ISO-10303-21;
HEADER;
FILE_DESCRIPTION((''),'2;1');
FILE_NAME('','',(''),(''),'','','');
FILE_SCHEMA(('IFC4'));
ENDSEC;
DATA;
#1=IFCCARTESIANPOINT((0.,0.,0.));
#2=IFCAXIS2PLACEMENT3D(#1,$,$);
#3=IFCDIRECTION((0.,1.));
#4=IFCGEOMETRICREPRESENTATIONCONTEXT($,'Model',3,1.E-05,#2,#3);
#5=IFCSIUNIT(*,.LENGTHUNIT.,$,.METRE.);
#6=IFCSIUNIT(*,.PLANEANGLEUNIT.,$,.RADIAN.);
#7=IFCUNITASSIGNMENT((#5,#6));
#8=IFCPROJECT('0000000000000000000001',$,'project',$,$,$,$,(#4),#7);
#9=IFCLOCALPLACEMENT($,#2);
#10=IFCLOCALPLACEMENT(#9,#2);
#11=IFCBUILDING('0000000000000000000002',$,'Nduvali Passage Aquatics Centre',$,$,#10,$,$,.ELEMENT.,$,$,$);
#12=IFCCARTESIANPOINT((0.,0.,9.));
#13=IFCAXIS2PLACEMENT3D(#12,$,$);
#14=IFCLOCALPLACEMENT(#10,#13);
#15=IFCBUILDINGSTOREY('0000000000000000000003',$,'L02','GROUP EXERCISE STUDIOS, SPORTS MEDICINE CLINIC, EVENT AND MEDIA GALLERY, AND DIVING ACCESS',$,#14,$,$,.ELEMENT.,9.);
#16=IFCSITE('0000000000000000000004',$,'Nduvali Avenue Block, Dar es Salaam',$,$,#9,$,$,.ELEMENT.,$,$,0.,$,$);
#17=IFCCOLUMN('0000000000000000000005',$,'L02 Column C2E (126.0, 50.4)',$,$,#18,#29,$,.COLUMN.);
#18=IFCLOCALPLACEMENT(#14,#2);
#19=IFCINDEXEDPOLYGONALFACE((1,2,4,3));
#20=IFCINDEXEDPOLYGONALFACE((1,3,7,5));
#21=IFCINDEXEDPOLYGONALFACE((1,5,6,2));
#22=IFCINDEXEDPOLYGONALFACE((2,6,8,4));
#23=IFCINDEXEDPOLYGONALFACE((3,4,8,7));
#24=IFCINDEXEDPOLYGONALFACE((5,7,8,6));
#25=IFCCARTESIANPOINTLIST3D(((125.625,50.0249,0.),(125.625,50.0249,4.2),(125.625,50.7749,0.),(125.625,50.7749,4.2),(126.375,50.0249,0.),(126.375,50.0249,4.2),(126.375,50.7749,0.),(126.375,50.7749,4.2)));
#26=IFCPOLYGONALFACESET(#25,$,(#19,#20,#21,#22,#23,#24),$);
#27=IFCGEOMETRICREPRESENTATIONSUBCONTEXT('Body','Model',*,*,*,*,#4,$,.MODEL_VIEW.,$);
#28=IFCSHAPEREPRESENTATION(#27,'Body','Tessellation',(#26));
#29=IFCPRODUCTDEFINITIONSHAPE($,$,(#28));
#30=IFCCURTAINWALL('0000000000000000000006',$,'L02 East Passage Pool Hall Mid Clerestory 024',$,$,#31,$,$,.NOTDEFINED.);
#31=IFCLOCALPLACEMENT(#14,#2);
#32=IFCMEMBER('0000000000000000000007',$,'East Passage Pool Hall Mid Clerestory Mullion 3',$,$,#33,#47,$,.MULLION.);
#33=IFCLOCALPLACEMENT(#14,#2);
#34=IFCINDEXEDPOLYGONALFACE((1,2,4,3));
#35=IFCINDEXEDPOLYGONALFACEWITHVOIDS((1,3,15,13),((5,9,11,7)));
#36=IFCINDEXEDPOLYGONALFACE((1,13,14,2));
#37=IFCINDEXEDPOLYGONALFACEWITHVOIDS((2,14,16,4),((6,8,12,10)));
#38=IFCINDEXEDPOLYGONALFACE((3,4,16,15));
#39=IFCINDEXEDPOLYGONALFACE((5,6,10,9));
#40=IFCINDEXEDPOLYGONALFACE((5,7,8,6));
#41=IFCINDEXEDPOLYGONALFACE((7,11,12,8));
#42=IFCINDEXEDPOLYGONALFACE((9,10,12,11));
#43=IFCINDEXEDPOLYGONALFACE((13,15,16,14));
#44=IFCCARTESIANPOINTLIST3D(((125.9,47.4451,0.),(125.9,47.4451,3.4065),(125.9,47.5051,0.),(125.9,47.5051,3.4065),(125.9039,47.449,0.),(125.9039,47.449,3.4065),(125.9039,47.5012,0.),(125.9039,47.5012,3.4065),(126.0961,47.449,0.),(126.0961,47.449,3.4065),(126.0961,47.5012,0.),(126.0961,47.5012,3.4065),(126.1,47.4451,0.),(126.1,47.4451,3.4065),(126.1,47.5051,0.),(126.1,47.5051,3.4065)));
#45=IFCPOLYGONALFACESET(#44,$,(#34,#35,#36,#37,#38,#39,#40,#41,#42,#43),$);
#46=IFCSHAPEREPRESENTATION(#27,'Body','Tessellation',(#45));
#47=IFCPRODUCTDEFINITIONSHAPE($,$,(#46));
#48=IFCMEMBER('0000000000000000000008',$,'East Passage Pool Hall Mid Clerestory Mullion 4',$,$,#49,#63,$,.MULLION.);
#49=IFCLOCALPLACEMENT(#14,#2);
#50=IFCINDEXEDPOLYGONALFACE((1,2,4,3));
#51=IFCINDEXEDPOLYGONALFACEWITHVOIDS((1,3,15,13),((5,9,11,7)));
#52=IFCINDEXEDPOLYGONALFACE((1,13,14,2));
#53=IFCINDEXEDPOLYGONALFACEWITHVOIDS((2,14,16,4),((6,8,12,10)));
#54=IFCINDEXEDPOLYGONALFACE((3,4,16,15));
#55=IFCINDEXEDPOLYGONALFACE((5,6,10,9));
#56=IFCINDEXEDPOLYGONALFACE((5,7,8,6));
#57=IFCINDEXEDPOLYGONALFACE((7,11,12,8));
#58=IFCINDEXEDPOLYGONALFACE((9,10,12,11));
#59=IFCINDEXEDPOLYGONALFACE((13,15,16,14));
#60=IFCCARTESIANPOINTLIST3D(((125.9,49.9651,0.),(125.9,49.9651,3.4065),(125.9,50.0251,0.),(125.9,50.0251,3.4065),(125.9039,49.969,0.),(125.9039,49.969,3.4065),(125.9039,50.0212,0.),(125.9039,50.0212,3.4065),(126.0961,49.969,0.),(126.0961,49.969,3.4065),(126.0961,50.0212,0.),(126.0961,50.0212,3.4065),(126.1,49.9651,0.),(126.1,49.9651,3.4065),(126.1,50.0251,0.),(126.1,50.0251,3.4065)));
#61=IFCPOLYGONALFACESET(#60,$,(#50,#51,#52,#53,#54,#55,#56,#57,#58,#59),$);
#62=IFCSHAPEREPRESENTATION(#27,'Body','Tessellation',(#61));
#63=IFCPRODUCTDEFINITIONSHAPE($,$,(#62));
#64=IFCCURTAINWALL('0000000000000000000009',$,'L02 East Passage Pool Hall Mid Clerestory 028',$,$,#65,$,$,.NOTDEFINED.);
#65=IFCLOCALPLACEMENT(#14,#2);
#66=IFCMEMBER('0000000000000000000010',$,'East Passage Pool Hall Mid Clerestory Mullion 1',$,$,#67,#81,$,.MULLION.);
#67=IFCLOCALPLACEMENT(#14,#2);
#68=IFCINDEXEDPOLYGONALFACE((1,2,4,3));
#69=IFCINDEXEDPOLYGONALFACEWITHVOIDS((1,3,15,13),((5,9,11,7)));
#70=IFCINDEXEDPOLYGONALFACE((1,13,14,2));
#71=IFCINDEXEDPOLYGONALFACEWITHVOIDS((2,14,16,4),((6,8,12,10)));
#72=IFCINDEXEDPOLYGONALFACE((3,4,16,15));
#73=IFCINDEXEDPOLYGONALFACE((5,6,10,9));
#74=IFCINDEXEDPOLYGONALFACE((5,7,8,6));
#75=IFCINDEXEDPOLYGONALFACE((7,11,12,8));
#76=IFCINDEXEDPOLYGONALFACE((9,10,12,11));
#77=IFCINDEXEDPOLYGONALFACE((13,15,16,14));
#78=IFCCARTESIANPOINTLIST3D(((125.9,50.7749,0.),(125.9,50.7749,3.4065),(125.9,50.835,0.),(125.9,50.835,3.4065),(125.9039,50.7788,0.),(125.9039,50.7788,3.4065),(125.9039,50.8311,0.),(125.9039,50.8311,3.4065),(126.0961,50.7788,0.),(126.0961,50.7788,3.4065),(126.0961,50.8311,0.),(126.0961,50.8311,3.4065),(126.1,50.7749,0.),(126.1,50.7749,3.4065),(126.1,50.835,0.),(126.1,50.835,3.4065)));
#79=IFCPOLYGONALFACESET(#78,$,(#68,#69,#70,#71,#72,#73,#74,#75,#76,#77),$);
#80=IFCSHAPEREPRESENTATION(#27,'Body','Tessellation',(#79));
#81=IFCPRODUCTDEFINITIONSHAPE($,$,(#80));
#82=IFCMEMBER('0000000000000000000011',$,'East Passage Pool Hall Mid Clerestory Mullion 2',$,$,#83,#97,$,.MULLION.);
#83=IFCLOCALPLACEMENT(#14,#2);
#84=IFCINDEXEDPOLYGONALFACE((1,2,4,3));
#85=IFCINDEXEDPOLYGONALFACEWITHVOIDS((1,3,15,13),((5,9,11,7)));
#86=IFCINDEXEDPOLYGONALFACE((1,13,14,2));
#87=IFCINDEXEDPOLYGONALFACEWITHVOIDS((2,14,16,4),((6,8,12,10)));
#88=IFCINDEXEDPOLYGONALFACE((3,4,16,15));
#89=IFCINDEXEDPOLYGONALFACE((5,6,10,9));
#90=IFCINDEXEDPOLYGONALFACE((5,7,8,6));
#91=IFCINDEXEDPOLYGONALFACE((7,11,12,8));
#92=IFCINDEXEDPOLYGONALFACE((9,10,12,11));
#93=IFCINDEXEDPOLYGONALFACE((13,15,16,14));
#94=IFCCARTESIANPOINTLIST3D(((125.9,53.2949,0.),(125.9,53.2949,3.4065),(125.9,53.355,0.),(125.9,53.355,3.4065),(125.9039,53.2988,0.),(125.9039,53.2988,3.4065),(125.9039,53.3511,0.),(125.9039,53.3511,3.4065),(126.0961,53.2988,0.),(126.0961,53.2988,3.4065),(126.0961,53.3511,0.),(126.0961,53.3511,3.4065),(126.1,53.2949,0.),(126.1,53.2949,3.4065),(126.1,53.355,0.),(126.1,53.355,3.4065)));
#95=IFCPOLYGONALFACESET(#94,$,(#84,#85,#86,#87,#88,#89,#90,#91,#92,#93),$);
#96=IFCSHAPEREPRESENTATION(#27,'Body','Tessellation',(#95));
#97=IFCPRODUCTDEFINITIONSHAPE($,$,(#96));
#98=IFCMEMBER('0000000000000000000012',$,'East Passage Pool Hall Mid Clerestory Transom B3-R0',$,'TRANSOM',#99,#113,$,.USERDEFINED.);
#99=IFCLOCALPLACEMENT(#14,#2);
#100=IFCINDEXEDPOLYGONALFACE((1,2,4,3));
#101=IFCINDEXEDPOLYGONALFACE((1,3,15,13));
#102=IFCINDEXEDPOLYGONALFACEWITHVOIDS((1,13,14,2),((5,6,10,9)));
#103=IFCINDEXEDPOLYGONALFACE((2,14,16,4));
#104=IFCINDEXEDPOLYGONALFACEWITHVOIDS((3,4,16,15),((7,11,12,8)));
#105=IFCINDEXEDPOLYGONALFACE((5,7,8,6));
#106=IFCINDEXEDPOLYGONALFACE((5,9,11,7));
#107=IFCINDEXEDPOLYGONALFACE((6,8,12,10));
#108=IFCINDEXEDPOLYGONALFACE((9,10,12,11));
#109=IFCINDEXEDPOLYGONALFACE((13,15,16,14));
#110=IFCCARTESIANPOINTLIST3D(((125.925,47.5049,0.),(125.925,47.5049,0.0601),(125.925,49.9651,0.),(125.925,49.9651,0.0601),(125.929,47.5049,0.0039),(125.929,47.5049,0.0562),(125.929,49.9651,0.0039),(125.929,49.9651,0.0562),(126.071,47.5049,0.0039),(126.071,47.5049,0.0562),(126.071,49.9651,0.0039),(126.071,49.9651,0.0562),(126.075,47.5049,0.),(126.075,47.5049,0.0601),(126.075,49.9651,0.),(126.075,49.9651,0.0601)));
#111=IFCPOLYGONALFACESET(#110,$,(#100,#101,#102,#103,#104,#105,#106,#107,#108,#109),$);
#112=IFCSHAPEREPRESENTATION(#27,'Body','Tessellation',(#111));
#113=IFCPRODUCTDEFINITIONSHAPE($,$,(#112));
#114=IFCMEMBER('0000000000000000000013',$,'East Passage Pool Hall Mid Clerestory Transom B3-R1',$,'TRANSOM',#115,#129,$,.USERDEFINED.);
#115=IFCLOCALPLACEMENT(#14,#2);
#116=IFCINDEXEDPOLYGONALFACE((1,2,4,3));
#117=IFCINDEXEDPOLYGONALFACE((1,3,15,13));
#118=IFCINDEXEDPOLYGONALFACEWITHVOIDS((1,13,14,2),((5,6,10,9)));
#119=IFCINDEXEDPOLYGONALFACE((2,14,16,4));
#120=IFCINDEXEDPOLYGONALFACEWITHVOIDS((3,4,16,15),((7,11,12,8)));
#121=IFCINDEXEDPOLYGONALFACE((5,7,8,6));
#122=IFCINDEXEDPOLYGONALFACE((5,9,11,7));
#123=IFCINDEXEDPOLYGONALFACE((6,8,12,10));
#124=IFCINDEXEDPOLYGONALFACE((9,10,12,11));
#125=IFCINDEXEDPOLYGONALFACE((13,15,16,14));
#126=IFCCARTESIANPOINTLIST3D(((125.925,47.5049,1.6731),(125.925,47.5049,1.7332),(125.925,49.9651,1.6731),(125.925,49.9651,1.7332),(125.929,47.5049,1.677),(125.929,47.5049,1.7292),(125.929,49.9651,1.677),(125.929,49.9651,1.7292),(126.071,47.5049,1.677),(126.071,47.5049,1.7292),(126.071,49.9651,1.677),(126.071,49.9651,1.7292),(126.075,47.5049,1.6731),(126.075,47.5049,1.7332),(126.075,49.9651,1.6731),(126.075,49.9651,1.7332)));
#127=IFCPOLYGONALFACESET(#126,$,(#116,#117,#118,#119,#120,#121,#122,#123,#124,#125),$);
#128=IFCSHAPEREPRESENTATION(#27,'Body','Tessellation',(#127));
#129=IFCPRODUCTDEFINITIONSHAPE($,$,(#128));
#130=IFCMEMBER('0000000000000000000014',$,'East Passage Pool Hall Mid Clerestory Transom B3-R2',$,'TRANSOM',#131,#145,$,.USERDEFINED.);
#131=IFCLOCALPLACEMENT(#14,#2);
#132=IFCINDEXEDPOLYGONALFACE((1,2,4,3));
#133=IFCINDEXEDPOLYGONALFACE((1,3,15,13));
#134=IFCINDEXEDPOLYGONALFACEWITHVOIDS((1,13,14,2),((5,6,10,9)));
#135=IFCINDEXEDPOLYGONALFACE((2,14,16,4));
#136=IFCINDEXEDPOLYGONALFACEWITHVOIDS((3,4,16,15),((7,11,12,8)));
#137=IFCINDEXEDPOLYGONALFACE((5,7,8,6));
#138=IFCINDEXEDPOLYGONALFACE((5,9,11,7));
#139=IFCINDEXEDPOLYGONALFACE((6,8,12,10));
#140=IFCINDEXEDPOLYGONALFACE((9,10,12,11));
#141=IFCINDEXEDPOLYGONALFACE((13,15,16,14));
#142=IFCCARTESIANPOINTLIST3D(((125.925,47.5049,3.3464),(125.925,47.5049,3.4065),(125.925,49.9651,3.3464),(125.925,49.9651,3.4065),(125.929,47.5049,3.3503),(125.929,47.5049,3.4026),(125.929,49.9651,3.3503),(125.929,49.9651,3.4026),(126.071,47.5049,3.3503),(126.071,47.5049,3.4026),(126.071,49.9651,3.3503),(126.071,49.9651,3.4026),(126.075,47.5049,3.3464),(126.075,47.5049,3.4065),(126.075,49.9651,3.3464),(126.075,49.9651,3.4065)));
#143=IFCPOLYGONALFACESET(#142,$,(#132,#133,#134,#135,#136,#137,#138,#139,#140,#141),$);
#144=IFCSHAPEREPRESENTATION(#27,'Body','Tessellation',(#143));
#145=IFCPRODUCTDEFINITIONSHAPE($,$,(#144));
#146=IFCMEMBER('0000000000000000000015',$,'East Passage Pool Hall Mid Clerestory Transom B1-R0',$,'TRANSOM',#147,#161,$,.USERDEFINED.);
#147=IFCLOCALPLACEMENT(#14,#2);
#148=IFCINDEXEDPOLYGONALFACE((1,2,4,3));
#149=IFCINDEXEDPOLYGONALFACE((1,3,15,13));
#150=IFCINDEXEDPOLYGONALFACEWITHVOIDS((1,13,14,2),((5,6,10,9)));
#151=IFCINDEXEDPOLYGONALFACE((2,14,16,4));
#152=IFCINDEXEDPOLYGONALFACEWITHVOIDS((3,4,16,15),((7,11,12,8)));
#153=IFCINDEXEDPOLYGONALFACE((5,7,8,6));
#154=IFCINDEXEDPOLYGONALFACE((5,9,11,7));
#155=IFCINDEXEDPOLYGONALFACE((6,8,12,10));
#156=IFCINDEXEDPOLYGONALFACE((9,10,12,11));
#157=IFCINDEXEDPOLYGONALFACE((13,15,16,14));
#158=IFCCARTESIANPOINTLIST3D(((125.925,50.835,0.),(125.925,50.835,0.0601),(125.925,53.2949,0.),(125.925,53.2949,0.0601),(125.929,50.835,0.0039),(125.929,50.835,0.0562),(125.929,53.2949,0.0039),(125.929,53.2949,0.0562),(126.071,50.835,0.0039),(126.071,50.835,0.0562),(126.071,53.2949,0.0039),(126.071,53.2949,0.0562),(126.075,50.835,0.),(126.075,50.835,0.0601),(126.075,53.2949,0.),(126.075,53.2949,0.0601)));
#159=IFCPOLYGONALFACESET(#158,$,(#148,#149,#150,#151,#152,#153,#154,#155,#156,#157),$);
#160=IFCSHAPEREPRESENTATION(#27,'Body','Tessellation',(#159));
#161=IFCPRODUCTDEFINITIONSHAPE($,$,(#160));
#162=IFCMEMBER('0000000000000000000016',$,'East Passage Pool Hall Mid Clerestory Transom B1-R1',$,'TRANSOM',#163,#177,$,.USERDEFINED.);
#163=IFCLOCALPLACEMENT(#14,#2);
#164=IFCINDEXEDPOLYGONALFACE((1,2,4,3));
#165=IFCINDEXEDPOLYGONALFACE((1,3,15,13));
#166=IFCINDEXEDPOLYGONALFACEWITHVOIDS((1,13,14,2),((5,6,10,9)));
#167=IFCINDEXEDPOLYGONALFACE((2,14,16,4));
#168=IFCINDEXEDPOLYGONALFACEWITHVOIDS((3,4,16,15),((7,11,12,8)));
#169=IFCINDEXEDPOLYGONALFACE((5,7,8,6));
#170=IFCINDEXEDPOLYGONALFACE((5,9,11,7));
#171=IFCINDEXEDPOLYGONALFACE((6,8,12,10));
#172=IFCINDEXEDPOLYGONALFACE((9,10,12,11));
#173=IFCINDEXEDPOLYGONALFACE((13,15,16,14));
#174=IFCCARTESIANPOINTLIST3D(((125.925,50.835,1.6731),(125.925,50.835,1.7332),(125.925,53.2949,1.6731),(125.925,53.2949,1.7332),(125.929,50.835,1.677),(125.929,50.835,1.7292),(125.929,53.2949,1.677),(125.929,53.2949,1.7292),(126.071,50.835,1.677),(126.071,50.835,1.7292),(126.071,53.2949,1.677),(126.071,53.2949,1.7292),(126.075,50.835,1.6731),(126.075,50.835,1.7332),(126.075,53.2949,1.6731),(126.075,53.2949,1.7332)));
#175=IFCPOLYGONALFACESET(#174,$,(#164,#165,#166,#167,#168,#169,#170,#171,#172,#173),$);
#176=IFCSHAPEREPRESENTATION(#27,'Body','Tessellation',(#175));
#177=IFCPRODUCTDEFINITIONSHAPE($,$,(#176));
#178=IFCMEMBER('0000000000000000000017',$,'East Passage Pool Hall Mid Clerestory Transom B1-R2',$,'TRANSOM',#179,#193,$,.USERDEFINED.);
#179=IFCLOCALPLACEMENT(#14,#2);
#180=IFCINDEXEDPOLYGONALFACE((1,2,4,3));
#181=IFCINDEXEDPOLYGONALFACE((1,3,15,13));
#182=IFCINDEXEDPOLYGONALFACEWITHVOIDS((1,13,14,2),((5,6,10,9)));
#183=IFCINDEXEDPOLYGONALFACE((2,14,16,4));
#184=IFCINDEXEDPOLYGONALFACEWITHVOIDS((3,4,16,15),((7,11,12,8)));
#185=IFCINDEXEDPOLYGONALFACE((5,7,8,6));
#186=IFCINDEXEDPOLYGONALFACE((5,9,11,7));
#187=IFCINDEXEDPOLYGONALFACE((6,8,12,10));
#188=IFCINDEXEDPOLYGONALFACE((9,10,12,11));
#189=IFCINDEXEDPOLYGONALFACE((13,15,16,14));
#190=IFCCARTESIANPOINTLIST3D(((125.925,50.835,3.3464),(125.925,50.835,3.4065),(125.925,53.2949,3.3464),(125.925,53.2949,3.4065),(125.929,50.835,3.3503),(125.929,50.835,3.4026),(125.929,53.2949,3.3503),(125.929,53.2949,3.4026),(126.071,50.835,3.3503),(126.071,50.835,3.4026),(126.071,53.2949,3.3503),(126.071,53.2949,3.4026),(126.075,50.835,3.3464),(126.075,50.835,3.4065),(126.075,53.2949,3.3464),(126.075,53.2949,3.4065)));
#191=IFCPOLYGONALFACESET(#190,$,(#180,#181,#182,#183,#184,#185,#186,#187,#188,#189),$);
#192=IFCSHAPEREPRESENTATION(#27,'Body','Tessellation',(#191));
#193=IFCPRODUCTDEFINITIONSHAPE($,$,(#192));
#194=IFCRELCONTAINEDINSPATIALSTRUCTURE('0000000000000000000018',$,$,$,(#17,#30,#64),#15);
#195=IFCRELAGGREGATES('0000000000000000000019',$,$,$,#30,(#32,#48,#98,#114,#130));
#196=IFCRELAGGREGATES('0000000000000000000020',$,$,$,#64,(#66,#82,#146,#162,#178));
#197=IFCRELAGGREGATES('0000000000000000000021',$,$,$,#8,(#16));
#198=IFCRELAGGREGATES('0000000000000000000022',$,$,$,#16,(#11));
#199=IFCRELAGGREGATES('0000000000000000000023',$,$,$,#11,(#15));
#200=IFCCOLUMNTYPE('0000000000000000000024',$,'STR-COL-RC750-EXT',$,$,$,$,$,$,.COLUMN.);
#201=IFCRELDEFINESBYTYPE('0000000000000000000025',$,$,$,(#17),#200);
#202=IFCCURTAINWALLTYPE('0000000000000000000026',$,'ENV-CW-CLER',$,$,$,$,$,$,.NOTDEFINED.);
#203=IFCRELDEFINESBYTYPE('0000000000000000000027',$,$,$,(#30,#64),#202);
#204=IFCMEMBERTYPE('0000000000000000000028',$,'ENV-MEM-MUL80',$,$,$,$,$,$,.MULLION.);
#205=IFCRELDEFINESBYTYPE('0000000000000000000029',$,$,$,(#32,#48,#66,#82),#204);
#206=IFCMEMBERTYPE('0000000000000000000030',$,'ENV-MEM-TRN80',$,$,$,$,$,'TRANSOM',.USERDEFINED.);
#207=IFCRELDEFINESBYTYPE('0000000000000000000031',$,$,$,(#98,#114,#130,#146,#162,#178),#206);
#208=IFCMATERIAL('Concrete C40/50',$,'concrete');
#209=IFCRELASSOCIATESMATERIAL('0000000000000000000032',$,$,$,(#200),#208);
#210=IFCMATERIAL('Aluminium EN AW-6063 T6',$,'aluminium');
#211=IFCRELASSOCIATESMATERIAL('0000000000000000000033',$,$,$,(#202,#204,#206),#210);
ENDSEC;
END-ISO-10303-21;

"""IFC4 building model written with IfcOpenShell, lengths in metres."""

from ifc_helpers import new_model, si_unit, direction, frame, origin, origin_2d, place, context, subcontext, project, spatial, rectangle, hollow_rectangle, extrude, material, material_profile, profile_set, type_object, element, aggregate, save


model = new_model("IFC4")

# Units and contexts
model_context = context("Model", 3, precision=1e-05, world=origin(), true_north=direction((0.0, 1.0)))
body_context = subcontext(model_context, "Body", "Model", "MODEL_VIEW")
ifc_project = project(units=[si_unit("LENGTHUNIT", "METRE"), si_unit("PLANEANGLEUNIT", "RADIAN")], contexts=[model_context])

# Site, building, storey
site_placement = place(None, origin())
site = spatial("IfcSite", under=ifc_project, at=site_placement, Name="Nduvali Avenue Block, Dar es Salaam", CompositionType="ELEMENT", RefElevation=0.0)
building_placement = place(site_placement, origin())
building = spatial("IfcBuilding", under=site, at=building_placement, Name="Nduvali Passage Aquatics Centre", CompositionType="ELEMENT")
storey_placement = place(building_placement, frame((0.0, 0.0, 9.0)))
storey = spatial("IfcBuildingStorey", under=building, at=storey_placement, Name="L02", Description="GROUP EXERCISE STUDIOS, SPORTS MEDICINE CLINIC, EVENT AND MEDIA GALLERY, AND DIVING ACCESS", CompositionType="ELEMENT", Elevation=9.0)

# Column
ifc_material_1 = material(Name="Concrete C40/50", Category="concrete")
ifc_material_profile_1 = material_profile(ifc_material_1, rectangle(XDim=0.75, YDim=0.75, at=origin_2d()), Name="RC 750x750")
ifc_profile_set_1 = profile_set([ifc_material_profile_1], Name="Concrete C40/50")
column_type = type_object("IfcColumnType", Name="STR-COL-RC750-EXT", PredefinedType="COLUMN", material=ifc_profile_set_1)
column_placement = place(storey_placement, frame((126.0, 50.3999, 0.0), z_axis=(0.0, 0.0, 1.0), x_axis=(1.0, 0.0, 0.0)))
element("IfcColumn", 1, at=column_placement, inside=storey, type_object=column_type, Name="L02 Column C2E (126.0, 50.4)", PredefinedType="COLUMN", context=body_context, shape_type="SweptSolid", body=[
    extrude(rectangle(XDim=0.75, YDim=0.75, at=origin_2d()), origin(), (0.0, 0.0, 1.0), 4.2),
])

# Curtain walls, members
ifc_material_2 = material(Name="Aluminium EN AW-6063 T6", Category="aluminium")
curtain_wall_type = type_object("IfcCurtainWallType", Name="ENV-CW-CLER", PredefinedType="NOTDEFINED", material=ifc_material_2)
curtain_wall_1_placement = place(storey_placement, origin())
curtain_wall_1 = element("IfcCurtainWall", 2, at=curtain_wall_1_placement, inside=storey, type_object=curtain_wall_type, Name="L02 East Passage Pool Hall Mid Clerestory 024", PredefinedType="NOTDEFINED")
ifc_material_profile_2 = material_profile(ifc_material_2, hollow_rectangle(XDim=0.0601, YDim=0.2, WallThickness=0.0039, at=origin_2d()), Name="ALU MULLION 60x200x4")
ifc_profile_set_2 = profile_set([ifc_material_profile_2], Name="Aluminium EN AW-6063 T6")
member_type_1 = type_object("IfcMemberType", Name="ENV-MEM-MUL80", PredefinedType="MULLION", material=ifc_profile_set_2)
member_1_placement = place(storey_placement, frame((126.0, 47.4751, 0.0), z_axis=(0.0, 0.0, 1.0), x_axis=(0.0, 1.0, 0.0)))
member_1 = element("IfcMember", 3, at=member_1_placement, type_object=member_type_1, Name="East Passage Pool Hall Mid Clerestory Mullion 3", PredefinedType="MULLION", context=body_context, shape_type="SweptSolid", body=[
    extrude(hollow_rectangle(XDim=0.0601, YDim=0.2, WallThickness=0.0039, at=origin_2d()), origin(), (0.0, 0.0, 1.0), 3.4065),
])
member_2_placement = place(storey_placement, frame((126.0, 49.9951, 0.0), z_axis=(0.0, 0.0, 1.0), x_axis=(0.0, 1.0, 0.0)))
member_2 = element("IfcMember", 4, at=member_2_placement, type_object=member_type_1, Name="East Passage Pool Hall Mid Clerestory Mullion 4", PredefinedType="MULLION", context=body_context, shape_type="SweptSolid", body=[
    extrude(hollow_rectangle(XDim=0.0601, YDim=0.2, WallThickness=0.0039, at=origin_2d()), origin(), (0.0, 0.0, 1.0), 3.4065),
])
curtain_wall_2_placement = place(storey_placement, origin())
curtain_wall_2 = element("IfcCurtainWall", 5, at=curtain_wall_2_placement, inside=storey, type_object=curtain_wall_type, Name="L02 East Passage Pool Hall Mid Clerestory 028", PredefinedType="NOTDEFINED")
member_3_placement = place(storey_placement, frame((126.0, 50.8049, 0.0), z_axis=(0.0, 0.0, 1.0), x_axis=(0.0, 1.0, 0.0)))
member_3 = element("IfcMember", 6, at=member_3_placement, type_object=member_type_1, Name="East Passage Pool Hall Mid Clerestory Mullion 1", PredefinedType="MULLION", context=body_context, shape_type="SweptSolid", body=[
    extrude(hollow_rectangle(XDim=0.0601, YDim=0.2, WallThickness=0.0039, at=origin_2d()), origin(), (0.0, 0.0, 1.0), 3.4065),
])
member_4_placement = place(storey_placement, frame((126.0, 53.325, 0.0), z_axis=(0.0, 0.0, 1.0), x_axis=(0.0, 1.0, 0.0)))
member_4 = element("IfcMember", 7, at=member_4_placement, type_object=member_type_1, Name="East Passage Pool Hall Mid Clerestory Mullion 2", PredefinedType="MULLION", context=body_context, shape_type="SweptSolid", body=[
    extrude(hollow_rectangle(XDim=0.0601, YDim=0.2, WallThickness=0.0039, at=origin_2d()), origin(), (0.0, 0.0, 1.0), 3.4065),
])

# Members
ifc_material_profile_3 = material_profile(ifc_material_2, hollow_rectangle(XDim=0.1499, YDim=0.0601, WallThickness=0.0039, at=origin_2d()), Name="ALU TRANSOM 150x60x4")
ifc_profile_set_3 = profile_set([ifc_material_profile_3], Name="Aluminium EN AW-6063 T6")
member_type_2 = type_object("IfcMemberType", Name="ENV-MEM-TRN80", ElementType="TRANSOM", PredefinedType="USERDEFINED", material=ifc_profile_set_3)
member_5_placement = place(storey_placement, frame((126.0, 47.5049, 0.03), z_axis=(0.0, 1.0, 0.0), x_axis=(-1.0, 0.0, 0.0)))
member_5 = element("IfcMember", 8, at=member_5_placement, type_object=member_type_2, Name="East Passage Pool Hall Mid Clerestory Transom B3-R0", ObjectType="TRANSOM", PredefinedType="USERDEFINED", context=body_context, shape_type="SweptSolid", body=[
    extrude(hollow_rectangle(XDim=0.1499, YDim=0.0601, WallThickness=0.0039, at=origin_2d()), origin(), (0.0, 0.0, 1.0), 2.4602),
])
member_6_placement = place(storey_placement, frame((126.0, 47.5049, 1.7031), z_axis=(0.0, 1.0, 0.0), x_axis=(-1.0, 0.0, 0.0)))
member_6 = element("IfcMember", 9, at=member_6_placement, type_object=member_type_2, Name="East Passage Pool Hall Mid Clerestory Transom B3-R1", ObjectType="TRANSOM", PredefinedType="USERDEFINED", context=body_context, shape_type="SweptSolid", body=[
    extrude(hollow_rectangle(XDim=0.1499, YDim=0.0601, WallThickness=0.0039, at=origin_2d()), origin(), (0.0, 0.0, 1.0), 2.4602),
])
member_7_placement = place(storey_placement, frame((126.0, 47.5049, 3.3765), z_axis=(0.0, 1.0, 0.0), x_axis=(-1.0, 0.0, 0.0)))
member_7 = element("IfcMember", 10, at=member_7_placement, type_object=member_type_2, Name="East Passage Pool Hall Mid Clerestory Transom B3-R2", ObjectType="TRANSOM", PredefinedType="USERDEFINED", context=body_context, shape_type="SweptSolid", body=[
    extrude(hollow_rectangle(XDim=0.1499, YDim=0.0601, WallThickness=0.0039, at=origin_2d()), origin(), (0.0, 0.0, 1.0), 2.4602),
])
member_8_placement = place(storey_placement, frame((126.0, 50.835, 0.03), z_axis=(0.0, 1.0, 0.0), x_axis=(-1.0, 0.0, 0.0)))
member_8 = element("IfcMember", 11, at=member_8_placement, type_object=member_type_2, Name="East Passage Pool Hall Mid Clerestory Transom B1-R0", ObjectType="TRANSOM", PredefinedType="USERDEFINED", context=body_context, shape_type="SweptSolid", body=[
    extrude(hollow_rectangle(XDim=0.1499, YDim=0.0601, WallThickness=0.0039, at=origin_2d()), origin(), (0.0, 0.0, 1.0), 2.46),
])
member_9_placement = place(storey_placement, frame((126.0, 50.835, 1.7031), z_axis=(0.0, 1.0, 0.0), x_axis=(-1.0, 0.0, 0.0)))
member_9 = element("IfcMember", 12, at=member_9_placement, type_object=member_type_2, Name="East Passage Pool Hall Mid Clerestory Transom B1-R1", ObjectType="TRANSOM", PredefinedType="USERDEFINED", context=body_context, shape_type="SweptSolid", body=[
    extrude(hollow_rectangle(XDim=0.1499, YDim=0.0601, WallThickness=0.0039, at=origin_2d()), origin(), (0.0, 0.0, 1.0), 2.46),
])
member_10_placement = place(storey_placement, frame((126.0, 50.835, 3.3765), z_axis=(0.0, 1.0, 0.0), x_axis=(-1.0, 0.0, 0.0)))
member_10 = element("IfcMember", 13, at=member_10_placement, type_object=member_type_2, Name="East Passage Pool Hall Mid Clerestory Transom B1-R2", ObjectType="TRANSOM", PredefinedType="USERDEFINED", context=body_context, shape_type="SweptSolid", body=[
    extrude(hollow_rectangle(XDim=0.1499, YDim=0.0601, WallThickness=0.0039, at=origin_2d()), origin(), (0.0, 0.0, 1.0), 2.46),
])

aggregate(curtain_wall_1, [member_1, member_2, member_5, member_6, member_7])
aggregate(curtain_wall_2, [member_3, member_4, member_8, member_9, member_10])

save(model, "model.ifc")
